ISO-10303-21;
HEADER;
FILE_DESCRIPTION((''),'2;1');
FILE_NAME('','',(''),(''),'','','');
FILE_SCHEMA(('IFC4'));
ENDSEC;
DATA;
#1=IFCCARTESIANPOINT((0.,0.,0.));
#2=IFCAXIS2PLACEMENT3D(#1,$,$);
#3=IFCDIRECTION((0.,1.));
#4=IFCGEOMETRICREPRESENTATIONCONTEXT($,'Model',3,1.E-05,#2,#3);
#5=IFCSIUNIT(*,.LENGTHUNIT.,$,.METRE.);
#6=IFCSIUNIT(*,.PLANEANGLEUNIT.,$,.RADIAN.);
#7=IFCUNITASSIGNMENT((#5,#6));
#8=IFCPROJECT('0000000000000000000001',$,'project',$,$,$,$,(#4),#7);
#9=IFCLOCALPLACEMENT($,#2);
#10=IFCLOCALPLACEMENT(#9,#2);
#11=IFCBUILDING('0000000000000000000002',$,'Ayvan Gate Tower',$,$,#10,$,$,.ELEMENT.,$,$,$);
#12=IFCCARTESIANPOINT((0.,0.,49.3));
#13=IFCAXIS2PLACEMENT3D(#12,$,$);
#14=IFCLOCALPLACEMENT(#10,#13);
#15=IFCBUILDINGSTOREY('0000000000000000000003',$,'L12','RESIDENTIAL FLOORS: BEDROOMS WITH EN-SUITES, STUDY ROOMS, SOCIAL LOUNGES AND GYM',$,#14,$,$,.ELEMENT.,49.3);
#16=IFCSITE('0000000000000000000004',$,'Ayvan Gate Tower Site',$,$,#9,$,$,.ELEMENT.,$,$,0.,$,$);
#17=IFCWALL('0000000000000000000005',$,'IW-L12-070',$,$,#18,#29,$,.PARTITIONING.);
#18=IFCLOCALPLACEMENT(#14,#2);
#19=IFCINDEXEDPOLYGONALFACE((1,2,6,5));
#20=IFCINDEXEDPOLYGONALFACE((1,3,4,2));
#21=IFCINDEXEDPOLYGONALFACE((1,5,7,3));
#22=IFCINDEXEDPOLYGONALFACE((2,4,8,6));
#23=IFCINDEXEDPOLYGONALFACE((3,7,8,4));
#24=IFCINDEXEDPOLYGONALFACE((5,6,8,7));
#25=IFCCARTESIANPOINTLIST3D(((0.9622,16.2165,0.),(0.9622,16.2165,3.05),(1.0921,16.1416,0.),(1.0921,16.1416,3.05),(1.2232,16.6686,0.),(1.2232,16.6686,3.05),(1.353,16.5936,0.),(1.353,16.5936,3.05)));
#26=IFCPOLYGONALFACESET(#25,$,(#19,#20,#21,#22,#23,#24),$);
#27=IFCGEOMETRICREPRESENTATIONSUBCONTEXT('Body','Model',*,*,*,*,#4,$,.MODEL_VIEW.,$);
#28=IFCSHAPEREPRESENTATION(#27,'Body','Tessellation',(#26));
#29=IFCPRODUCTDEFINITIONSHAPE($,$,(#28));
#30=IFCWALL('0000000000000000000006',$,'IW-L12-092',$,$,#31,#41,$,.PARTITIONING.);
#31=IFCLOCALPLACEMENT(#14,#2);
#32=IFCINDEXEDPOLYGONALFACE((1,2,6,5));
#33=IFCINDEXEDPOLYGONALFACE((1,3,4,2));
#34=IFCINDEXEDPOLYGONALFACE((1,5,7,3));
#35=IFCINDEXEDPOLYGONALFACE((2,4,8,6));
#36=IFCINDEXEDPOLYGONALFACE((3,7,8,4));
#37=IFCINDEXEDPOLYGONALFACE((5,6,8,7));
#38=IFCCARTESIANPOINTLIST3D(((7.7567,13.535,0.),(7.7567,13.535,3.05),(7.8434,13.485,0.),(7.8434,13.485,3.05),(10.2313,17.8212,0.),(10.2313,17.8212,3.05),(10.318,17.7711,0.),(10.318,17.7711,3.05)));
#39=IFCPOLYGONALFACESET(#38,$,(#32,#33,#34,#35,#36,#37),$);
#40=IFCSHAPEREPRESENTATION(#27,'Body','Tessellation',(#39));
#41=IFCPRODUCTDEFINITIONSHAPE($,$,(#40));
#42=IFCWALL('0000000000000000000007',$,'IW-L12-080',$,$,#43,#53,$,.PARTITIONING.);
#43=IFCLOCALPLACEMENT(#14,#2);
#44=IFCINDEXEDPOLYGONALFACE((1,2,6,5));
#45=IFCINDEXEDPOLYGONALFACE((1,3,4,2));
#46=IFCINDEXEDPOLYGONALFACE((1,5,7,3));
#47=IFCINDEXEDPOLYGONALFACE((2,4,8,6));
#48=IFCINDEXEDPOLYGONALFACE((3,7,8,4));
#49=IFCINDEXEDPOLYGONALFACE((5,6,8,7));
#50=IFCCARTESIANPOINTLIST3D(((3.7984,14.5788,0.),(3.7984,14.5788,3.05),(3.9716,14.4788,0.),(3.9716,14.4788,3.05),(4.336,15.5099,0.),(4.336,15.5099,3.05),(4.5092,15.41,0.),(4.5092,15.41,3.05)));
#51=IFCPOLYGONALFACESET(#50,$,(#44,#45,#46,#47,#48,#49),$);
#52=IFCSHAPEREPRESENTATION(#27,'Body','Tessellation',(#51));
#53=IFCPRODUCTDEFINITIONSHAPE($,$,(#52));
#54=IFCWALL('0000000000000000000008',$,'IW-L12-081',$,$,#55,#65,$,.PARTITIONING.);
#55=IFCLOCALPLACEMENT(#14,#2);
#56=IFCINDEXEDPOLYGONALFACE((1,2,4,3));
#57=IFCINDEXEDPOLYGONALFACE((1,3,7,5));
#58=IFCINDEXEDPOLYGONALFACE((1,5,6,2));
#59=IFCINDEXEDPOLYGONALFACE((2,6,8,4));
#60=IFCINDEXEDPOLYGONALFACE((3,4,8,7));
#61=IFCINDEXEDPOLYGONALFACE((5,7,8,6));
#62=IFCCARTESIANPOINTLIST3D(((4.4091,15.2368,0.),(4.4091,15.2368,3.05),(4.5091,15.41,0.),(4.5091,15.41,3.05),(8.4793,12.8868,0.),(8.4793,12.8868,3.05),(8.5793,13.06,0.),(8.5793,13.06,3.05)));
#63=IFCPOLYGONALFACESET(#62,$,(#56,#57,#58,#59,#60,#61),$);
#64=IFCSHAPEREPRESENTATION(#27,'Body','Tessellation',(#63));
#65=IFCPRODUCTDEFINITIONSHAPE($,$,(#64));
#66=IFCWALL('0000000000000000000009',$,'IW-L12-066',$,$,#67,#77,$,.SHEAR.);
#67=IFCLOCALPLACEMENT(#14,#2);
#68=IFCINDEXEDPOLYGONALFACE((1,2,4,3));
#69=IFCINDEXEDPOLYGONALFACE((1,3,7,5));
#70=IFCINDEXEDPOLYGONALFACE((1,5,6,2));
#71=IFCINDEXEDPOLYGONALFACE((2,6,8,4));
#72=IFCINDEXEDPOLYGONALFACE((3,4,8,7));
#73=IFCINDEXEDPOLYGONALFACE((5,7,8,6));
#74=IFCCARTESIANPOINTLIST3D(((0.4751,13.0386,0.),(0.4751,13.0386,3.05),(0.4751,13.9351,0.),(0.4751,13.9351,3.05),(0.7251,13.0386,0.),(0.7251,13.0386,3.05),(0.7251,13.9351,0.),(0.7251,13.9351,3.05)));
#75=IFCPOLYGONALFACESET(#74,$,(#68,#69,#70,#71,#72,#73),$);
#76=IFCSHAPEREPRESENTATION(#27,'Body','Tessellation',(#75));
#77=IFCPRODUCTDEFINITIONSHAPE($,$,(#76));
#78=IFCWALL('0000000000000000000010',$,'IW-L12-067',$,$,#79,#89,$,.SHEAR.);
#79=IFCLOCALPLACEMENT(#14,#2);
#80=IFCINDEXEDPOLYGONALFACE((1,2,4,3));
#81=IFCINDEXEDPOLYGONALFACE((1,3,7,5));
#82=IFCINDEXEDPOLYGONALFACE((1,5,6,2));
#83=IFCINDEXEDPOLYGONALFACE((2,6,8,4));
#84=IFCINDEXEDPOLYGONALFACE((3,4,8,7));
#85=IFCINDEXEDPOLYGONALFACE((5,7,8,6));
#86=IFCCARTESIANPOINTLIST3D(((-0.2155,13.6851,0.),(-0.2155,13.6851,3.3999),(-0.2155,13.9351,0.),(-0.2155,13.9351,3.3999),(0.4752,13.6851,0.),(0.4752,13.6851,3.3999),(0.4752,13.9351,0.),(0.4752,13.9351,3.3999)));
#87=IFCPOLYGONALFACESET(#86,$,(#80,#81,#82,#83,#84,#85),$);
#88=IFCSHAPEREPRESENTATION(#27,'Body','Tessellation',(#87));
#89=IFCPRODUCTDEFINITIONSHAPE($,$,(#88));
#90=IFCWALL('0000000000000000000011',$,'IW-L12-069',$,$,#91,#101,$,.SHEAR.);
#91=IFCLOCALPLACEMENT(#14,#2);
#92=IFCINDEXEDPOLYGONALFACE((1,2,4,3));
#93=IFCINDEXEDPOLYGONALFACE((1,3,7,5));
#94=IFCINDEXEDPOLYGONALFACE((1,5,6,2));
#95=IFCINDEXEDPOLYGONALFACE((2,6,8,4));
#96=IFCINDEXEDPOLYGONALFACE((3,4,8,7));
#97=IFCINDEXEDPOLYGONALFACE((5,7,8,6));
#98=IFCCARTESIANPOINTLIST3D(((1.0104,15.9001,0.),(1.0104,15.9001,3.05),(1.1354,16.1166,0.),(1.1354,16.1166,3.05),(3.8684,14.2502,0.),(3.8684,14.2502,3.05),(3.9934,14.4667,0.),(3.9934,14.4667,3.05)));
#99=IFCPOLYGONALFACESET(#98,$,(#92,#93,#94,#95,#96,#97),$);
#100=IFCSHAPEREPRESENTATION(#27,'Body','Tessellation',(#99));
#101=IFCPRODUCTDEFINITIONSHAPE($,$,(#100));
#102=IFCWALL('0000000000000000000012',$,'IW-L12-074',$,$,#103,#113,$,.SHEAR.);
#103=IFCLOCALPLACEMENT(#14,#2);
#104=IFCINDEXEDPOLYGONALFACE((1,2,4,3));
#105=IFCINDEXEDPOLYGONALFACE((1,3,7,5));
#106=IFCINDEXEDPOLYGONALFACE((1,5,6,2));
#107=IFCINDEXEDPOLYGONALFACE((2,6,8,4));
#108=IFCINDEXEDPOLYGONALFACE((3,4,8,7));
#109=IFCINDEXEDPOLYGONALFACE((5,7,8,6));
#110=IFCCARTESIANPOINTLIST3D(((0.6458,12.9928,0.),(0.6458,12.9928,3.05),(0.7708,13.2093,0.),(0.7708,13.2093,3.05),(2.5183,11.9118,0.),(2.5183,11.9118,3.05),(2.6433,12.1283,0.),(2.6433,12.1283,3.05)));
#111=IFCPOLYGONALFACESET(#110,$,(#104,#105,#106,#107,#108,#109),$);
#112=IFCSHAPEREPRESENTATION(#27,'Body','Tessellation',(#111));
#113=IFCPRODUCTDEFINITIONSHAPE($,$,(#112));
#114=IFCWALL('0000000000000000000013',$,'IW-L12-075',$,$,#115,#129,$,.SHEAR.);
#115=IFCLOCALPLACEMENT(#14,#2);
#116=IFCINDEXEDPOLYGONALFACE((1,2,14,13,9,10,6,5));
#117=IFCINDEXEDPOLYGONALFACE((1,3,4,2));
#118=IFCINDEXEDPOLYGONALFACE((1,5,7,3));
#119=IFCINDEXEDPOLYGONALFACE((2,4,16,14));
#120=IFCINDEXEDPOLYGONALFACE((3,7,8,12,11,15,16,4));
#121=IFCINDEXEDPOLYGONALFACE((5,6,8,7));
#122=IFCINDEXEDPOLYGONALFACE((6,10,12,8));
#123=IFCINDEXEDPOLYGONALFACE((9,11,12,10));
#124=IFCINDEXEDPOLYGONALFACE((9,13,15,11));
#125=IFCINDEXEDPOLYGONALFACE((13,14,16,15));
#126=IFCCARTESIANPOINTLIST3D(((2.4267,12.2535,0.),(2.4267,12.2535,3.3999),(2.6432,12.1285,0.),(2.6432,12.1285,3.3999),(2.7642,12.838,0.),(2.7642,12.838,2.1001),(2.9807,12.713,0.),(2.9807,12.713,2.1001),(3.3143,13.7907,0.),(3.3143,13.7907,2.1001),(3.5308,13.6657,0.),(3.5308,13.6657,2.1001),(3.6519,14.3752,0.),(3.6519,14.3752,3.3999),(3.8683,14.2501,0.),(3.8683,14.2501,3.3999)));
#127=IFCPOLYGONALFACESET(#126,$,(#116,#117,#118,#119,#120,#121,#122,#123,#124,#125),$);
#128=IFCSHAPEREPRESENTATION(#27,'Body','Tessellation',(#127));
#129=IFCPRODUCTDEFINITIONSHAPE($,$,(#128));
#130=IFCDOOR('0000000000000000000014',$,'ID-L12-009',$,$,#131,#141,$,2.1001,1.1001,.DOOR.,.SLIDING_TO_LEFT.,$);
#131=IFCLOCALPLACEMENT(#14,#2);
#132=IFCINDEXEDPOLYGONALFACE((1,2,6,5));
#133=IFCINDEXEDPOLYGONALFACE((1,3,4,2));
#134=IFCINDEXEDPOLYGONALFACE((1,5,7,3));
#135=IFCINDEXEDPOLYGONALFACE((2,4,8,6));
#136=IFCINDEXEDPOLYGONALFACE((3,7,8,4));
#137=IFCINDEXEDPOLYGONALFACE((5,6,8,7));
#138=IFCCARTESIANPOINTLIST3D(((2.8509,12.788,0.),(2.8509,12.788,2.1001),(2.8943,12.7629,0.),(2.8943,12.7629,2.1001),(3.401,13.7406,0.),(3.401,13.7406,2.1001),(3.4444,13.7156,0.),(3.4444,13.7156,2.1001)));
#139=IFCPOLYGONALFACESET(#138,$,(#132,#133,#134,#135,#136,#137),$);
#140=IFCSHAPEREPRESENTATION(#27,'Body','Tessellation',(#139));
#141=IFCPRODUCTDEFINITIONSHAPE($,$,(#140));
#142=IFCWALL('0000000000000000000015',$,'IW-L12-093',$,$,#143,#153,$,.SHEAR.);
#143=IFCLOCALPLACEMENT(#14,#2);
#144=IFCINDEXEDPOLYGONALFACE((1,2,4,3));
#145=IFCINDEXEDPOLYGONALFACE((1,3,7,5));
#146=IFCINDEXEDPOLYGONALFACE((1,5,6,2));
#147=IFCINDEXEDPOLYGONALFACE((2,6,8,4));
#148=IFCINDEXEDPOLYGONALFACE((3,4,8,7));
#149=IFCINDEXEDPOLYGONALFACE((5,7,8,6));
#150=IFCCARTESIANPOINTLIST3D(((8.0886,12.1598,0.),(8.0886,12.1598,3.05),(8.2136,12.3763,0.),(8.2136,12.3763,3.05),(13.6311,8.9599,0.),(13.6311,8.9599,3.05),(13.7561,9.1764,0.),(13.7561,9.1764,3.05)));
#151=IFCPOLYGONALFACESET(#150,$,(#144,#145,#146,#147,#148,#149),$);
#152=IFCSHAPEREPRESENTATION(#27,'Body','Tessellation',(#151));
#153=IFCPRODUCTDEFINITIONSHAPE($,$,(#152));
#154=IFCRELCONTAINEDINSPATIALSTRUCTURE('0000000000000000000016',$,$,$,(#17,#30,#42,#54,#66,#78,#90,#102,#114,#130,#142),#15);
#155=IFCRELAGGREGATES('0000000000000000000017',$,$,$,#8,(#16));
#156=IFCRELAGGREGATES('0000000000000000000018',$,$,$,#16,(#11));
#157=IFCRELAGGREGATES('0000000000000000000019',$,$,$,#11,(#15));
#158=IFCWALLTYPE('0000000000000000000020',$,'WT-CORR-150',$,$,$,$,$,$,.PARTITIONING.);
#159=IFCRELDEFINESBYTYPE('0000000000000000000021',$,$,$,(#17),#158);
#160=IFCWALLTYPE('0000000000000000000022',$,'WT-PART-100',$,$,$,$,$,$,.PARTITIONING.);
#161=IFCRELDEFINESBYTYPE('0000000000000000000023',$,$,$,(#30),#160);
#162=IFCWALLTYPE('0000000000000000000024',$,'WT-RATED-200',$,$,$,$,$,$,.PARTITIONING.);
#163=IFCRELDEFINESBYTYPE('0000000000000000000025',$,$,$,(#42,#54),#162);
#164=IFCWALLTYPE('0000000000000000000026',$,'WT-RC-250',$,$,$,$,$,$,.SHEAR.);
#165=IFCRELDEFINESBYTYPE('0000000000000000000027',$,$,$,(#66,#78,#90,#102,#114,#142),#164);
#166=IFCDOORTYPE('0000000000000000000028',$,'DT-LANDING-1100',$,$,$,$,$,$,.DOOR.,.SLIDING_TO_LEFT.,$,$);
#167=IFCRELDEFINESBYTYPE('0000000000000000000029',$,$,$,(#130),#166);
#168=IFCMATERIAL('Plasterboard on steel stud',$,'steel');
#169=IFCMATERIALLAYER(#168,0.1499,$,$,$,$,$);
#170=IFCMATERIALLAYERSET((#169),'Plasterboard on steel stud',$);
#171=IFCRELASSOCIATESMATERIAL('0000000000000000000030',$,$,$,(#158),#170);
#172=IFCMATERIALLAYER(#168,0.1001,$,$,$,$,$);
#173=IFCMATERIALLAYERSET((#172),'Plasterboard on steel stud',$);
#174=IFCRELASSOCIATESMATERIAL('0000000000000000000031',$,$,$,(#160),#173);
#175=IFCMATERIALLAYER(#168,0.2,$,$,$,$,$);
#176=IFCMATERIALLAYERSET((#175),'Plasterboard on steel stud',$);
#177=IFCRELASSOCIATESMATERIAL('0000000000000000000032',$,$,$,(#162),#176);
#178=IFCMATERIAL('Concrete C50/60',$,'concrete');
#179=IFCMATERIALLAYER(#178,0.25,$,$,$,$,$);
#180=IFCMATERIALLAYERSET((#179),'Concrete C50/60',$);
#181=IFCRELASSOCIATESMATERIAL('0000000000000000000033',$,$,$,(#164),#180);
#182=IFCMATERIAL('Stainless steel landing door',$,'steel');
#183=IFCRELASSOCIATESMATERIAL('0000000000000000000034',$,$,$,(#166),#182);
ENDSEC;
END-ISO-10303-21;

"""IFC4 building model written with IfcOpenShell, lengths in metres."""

from ifc_helpers import new_model, si_unit, direction, frame, frame_2d, origin, place, context, subcontext, project, spatial, rectangle, extrude, material, layer, layer_set, type_object, element, fill, save


model = new_model("IFC4")

# Units and contexts
model_context = context("Model", 3, precision=1e-05, world=origin(), true_north=direction((0.0, 1.0)))
body_context = subcontext(model_context, "Body", "Model", "MODEL_VIEW")
ifc_project = project(units=[si_unit("LENGTHUNIT", "METRE"), si_unit("PLANEANGLEUNIT", "RADIAN")], contexts=[model_context])

# Site, building, storey
site_placement = place(None, origin())
site = spatial("IfcSite", under=ifc_project, at=site_placement, Name="Ayvan Gate Tower Site", CompositionType="ELEMENT", RefElevation=0.0)
building_placement = place(site_placement, origin())
building = spatial("IfcBuilding", under=site, at=building_placement, Name="Ayvan Gate Tower", CompositionType="ELEMENT")
storey_placement = place(building_placement, frame((0.0, 0.0, 49.3)))
storey = spatial("IfcBuildingStorey", under=building, at=storey_placement, Name="L12", Description="RESIDENTIAL FLOORS: BEDROOMS WITH EN-SUITES, STUDY ROOMS, SOCIAL LOUNGES AND GYM", CompositionType="ELEMENT", Elevation=49.3)

# Walls
ifc_material_1 = material(Name="Plasterboard on steel stud", Category="steel")
ifc_layer_1 = layer(ifc_material_1, 0.1499)
ifc_layer_set_1 = layer_set([ifc_layer_1], Name="Plasterboard on steel stud")
wall_type_1 = type_object("IfcWallType", Name="WT-CORR-150", PredefinedType="PARTITIONING", material=ifc_layer_set_1)
wall_1_placement = place(storey_placement, frame((1.2881, 16.6311, 0.0), z_axis=(0.0, 0.0, 1.0), x_axis=(-0.499911, -0.866077, 0.0)))
element("IfcWall", 1, at=wall_1_placement, inside=storey, type_object=wall_type_1, Name="IW-L12-070", PredefinedType="PARTITIONING", context=body_context, shape_type="SweptSolid", body=[
    extrude(rectangle(XDim=0.522, YDim=0.1499, at=frame_2d((0.261, 0.0))), origin(), (0.0, 0.0, 1.0), 3.05),
])
ifc_layer_2 = layer(ifc_material_1, 0.1001)
ifc_layer_set_2 = layer_set([ifc_layer_2], Name="Plasterboard on steel stud")
wall_type_2 = type_object("IfcWallType", Name="WT-PART-100", PredefinedType="PARTITIONING", material=ifc_layer_set_2)
wall_2_placement = place(storey_placement, frame((7.8, 13.51, 0.0), z_axis=(0.0, 0.0, 1.0), x_axis=(0.500001, 0.866025, 0.0)))
element("IfcWall", 2, at=wall_2_placement, inside=storey, type_object=wall_type_2, Name="IW-L12-092", PredefinedType="PARTITIONING", context=body_context, shape_type="SweptSolid", body=[
    extrude(rectangle(XDim=4.9492, YDim=0.1001, at=frame_2d((2.4746, 0.0))), origin(), (0.0, 0.0, 1.0), 3.05),
])
ifc_layer_3 = layer(ifc_material_1, 0.2)
ifc_layer_set_3 = layer_set([ifc_layer_3], Name="Plasterboard on steel stud")
wall_type_3 = type_object("IfcWallType", Name="WT-RATED-200", PredefinedType="PARTITIONING", material=ifc_layer_set_3)
wall_3_placement = place(storey_placement, frame((3.885, 14.5288, 0.0), z_axis=(0.0, 0.0, 1.0), x_axis=(0.499998, 0.866027, 0.0)))
element("IfcWall", 3, at=wall_3_placement, inside=storey, type_object=wall_type_3, Name="IW-L12-080", PredefinedType="PARTITIONING", context=body_context, shape_type="SweptSolid", body=[
    extrude(rectangle(XDim=1.0752, YDim=0.2, at=frame_2d((0.5376, 0.0))), origin(), (0.0, 0.0, 1.0), 3.05),
])
wall_4_placement = place(storey_placement, frame((4.459, 15.3235, 0.0), z_axis=(0.0, 0.0, 1.0), x_axis=(0.866016, -0.500016, 0.0)))
element("IfcWall", 4, at=wall_4_placement, inside=storey, type_object=wall_type_3, Name="IW-L12-081", PredefinedType="PARTITIONING", context=body_context, shape_type="SweptSolid", body=[
    extrude(rectangle(XDim=4.7, YDim=0.2, at=frame_2d((2.3501, 0.0))), origin(), (0.0, 0.0, 1.0), 3.05),
])
ifc_material_2 = material(Name="Concrete C50/60", Category="concrete")
ifc_layer_4 = layer(ifc_material_2, 0.25)
ifc_layer_set_4 = layer_set([ifc_layer_4], Name="Concrete C50/60")
wall_type_4 = type_object("IfcWallType", Name="WT-RC-250", PredefinedType="SHEAR", material=ifc_layer_set_4)
wall_5_placement = place(storey_placement, frame((0.6001, 13.0386, 0.0), z_axis=(0.0, 0.0, 1.0), x_axis=(0.0, 1.0, 0.0)))
element("IfcWall", 5, at=wall_5_placement, inside=storey, type_object=wall_type_4, Name="IW-L12-066", PredefinedType="SHEAR", context=body_context, shape_type="SweptSolid", body=[
    extrude(rectangle(XDim=0.8965, YDim=0.25, at=frame_2d((0.4482, 0.0))), origin(), (0.0, 0.0, 1.0), 3.05),
])
wall_6_placement = place(storey_placement, frame((0.4751, 13.8101, 0.0), z_axis=(0.0, 0.0, 1.0), x_axis=(-1.0, 0.0, 0.0)))
element("IfcWall", 6, at=wall_6_placement, inside=storey, type_object=wall_type_4, Name="IW-L12-067", PredefinedType="SHEAR", context=body_context, shape_type="SweptSolid", body=[
    extrude(rectangle(XDim=0.6907, YDim=0.25, at=frame_2d((0.3452, 0.0))), origin(), (0.0, 0.0, 1.0), 3.3999),
])
wall_7_placement = place(storey_placement, frame((1.073, 16.0083, 0.0), z_axis=(0.0, 0.0, 1.0), x_axis=(0.86604, -0.499974, 0.0)))
element("IfcWall", 7, at=wall_7_placement, inside=storey, type_object=wall_type_4, Name="IW-L12-069", PredefinedType="SHEAR", context=body_context, shape_type="SweptSolid", body=[
    extrude(rectangle(XDim=3.3, YDim=0.25, at=frame_2d((1.6499, 0.0))), origin(), (0.0, 0.0, 1.0), 3.05),
])
wall_8_placement = place(storey_placement, frame((2.5808, 12.02, 0.0), z_axis=(0.0, 0.0, 1.0), x_axis=(-0.866039, 0.499977, 0.0)))
element("IfcWall", 8, at=wall_8_placement, inside=storey, type_object=wall_type_4, Name="IW-L12-074", PredefinedType="SHEAR", context=body_context, shape_type="SweptSolid", body=[
    extrude(rectangle(XDim=2.1621, YDim=0.25, at=frame_2d((1.0811, 0.0))), origin(), (0.0, 0.0, 1.0), 3.05),
])

# Wall, opening, door
wall_9_placement = place(storey_placement, frame((2.5349, 12.1909, 0.0), z_axis=(0.0, 0.0, 1.0), x_axis=(0.500062, 0.86599, 0.0)))
wall_9 = element("IfcWall", 9, at=wall_9_placement, inside=storey, type_object=wall_type_4, Name="IW-L12-075", PredefinedType="SHEAR", context=body_context, shape_type="SweptSolid", body=[
    extrude(rectangle(XDim=2.45, YDim=0.25, at=frame_2d((1.2251, 0.0))), origin(), (0.0, 0.0, 1.0), 3.3999),
])
opening_placement = place(wall_9_placement, frame((0.675, 0.0, 0.0)))
opening = element("IfcOpeningElement", 10, at=opening_placement, cuts=wall_9, PredefinedType="OPENING", context=body_context, shape_type="SweptSolid", body=[
    extrude(rectangle(XDim=1.1001, YDim=2.1001, at=frame_2d((0.55, 1.05))), frame((0.0, 0.135, 0.0), z_axis=(0.0, -1.0, 0.0), x_axis=(1.0, 0.0, 0.0)), (0.0, 0.0, 1.0), 0.27),
])
ifc_material_3 = material(Name="Stainless steel landing door", Category="steel")
door_type = type_object("IfcDoorType", Name="DT-LANDING-1100", OperationType="SLIDING_TO_LEFT", PredefinedType="DOOR", material=ifc_material_3)
door_placement = place(opening_placement, origin())
door = element("IfcDoor", 11, at=door_placement, inside=storey, type_object=door_type, Name="ID-L12-009", OperationType="SLIDING_TO_LEFT", OverallHeight=2.1001, OverallWidth=1.1001, PredefinedType="DOOR", context=body_context, shape_type="SweptSolid", body=[
    extrude(rectangle(XDim=1.1001, YDim=2.1001, at=frame_2d((0.55, 1.05))), frame((0.0, 0.0249, 0.0), z_axis=(0.0, -1.0, 0.0), x_axis=(1.0, 0.0, 0.0)), (0.0, 0.0, 1.0), 0.05),
])
fill(opening, door)

# Wall
wall_10_placement = place(storey_placement, frame((8.1511, 12.2681, 0.0), z_axis=(0.0, 0.0, 1.0), x_axis=(0.866025, -0.5, 0.0)))
element("IfcWall", 12, at=wall_10_placement, inside=storey, type_object=wall_type_4, Name="IW-L12-093", PredefinedType="SHEAR", context=body_context, shape_type="SweptSolid", body=[
    extrude(rectangle(XDim=6.3999, YDim=0.25, at=frame_2d((3.2, 0.0))), origin(), (0.0, 0.0, 1.0), 3.05),
])

save(model, "model.ifc")
